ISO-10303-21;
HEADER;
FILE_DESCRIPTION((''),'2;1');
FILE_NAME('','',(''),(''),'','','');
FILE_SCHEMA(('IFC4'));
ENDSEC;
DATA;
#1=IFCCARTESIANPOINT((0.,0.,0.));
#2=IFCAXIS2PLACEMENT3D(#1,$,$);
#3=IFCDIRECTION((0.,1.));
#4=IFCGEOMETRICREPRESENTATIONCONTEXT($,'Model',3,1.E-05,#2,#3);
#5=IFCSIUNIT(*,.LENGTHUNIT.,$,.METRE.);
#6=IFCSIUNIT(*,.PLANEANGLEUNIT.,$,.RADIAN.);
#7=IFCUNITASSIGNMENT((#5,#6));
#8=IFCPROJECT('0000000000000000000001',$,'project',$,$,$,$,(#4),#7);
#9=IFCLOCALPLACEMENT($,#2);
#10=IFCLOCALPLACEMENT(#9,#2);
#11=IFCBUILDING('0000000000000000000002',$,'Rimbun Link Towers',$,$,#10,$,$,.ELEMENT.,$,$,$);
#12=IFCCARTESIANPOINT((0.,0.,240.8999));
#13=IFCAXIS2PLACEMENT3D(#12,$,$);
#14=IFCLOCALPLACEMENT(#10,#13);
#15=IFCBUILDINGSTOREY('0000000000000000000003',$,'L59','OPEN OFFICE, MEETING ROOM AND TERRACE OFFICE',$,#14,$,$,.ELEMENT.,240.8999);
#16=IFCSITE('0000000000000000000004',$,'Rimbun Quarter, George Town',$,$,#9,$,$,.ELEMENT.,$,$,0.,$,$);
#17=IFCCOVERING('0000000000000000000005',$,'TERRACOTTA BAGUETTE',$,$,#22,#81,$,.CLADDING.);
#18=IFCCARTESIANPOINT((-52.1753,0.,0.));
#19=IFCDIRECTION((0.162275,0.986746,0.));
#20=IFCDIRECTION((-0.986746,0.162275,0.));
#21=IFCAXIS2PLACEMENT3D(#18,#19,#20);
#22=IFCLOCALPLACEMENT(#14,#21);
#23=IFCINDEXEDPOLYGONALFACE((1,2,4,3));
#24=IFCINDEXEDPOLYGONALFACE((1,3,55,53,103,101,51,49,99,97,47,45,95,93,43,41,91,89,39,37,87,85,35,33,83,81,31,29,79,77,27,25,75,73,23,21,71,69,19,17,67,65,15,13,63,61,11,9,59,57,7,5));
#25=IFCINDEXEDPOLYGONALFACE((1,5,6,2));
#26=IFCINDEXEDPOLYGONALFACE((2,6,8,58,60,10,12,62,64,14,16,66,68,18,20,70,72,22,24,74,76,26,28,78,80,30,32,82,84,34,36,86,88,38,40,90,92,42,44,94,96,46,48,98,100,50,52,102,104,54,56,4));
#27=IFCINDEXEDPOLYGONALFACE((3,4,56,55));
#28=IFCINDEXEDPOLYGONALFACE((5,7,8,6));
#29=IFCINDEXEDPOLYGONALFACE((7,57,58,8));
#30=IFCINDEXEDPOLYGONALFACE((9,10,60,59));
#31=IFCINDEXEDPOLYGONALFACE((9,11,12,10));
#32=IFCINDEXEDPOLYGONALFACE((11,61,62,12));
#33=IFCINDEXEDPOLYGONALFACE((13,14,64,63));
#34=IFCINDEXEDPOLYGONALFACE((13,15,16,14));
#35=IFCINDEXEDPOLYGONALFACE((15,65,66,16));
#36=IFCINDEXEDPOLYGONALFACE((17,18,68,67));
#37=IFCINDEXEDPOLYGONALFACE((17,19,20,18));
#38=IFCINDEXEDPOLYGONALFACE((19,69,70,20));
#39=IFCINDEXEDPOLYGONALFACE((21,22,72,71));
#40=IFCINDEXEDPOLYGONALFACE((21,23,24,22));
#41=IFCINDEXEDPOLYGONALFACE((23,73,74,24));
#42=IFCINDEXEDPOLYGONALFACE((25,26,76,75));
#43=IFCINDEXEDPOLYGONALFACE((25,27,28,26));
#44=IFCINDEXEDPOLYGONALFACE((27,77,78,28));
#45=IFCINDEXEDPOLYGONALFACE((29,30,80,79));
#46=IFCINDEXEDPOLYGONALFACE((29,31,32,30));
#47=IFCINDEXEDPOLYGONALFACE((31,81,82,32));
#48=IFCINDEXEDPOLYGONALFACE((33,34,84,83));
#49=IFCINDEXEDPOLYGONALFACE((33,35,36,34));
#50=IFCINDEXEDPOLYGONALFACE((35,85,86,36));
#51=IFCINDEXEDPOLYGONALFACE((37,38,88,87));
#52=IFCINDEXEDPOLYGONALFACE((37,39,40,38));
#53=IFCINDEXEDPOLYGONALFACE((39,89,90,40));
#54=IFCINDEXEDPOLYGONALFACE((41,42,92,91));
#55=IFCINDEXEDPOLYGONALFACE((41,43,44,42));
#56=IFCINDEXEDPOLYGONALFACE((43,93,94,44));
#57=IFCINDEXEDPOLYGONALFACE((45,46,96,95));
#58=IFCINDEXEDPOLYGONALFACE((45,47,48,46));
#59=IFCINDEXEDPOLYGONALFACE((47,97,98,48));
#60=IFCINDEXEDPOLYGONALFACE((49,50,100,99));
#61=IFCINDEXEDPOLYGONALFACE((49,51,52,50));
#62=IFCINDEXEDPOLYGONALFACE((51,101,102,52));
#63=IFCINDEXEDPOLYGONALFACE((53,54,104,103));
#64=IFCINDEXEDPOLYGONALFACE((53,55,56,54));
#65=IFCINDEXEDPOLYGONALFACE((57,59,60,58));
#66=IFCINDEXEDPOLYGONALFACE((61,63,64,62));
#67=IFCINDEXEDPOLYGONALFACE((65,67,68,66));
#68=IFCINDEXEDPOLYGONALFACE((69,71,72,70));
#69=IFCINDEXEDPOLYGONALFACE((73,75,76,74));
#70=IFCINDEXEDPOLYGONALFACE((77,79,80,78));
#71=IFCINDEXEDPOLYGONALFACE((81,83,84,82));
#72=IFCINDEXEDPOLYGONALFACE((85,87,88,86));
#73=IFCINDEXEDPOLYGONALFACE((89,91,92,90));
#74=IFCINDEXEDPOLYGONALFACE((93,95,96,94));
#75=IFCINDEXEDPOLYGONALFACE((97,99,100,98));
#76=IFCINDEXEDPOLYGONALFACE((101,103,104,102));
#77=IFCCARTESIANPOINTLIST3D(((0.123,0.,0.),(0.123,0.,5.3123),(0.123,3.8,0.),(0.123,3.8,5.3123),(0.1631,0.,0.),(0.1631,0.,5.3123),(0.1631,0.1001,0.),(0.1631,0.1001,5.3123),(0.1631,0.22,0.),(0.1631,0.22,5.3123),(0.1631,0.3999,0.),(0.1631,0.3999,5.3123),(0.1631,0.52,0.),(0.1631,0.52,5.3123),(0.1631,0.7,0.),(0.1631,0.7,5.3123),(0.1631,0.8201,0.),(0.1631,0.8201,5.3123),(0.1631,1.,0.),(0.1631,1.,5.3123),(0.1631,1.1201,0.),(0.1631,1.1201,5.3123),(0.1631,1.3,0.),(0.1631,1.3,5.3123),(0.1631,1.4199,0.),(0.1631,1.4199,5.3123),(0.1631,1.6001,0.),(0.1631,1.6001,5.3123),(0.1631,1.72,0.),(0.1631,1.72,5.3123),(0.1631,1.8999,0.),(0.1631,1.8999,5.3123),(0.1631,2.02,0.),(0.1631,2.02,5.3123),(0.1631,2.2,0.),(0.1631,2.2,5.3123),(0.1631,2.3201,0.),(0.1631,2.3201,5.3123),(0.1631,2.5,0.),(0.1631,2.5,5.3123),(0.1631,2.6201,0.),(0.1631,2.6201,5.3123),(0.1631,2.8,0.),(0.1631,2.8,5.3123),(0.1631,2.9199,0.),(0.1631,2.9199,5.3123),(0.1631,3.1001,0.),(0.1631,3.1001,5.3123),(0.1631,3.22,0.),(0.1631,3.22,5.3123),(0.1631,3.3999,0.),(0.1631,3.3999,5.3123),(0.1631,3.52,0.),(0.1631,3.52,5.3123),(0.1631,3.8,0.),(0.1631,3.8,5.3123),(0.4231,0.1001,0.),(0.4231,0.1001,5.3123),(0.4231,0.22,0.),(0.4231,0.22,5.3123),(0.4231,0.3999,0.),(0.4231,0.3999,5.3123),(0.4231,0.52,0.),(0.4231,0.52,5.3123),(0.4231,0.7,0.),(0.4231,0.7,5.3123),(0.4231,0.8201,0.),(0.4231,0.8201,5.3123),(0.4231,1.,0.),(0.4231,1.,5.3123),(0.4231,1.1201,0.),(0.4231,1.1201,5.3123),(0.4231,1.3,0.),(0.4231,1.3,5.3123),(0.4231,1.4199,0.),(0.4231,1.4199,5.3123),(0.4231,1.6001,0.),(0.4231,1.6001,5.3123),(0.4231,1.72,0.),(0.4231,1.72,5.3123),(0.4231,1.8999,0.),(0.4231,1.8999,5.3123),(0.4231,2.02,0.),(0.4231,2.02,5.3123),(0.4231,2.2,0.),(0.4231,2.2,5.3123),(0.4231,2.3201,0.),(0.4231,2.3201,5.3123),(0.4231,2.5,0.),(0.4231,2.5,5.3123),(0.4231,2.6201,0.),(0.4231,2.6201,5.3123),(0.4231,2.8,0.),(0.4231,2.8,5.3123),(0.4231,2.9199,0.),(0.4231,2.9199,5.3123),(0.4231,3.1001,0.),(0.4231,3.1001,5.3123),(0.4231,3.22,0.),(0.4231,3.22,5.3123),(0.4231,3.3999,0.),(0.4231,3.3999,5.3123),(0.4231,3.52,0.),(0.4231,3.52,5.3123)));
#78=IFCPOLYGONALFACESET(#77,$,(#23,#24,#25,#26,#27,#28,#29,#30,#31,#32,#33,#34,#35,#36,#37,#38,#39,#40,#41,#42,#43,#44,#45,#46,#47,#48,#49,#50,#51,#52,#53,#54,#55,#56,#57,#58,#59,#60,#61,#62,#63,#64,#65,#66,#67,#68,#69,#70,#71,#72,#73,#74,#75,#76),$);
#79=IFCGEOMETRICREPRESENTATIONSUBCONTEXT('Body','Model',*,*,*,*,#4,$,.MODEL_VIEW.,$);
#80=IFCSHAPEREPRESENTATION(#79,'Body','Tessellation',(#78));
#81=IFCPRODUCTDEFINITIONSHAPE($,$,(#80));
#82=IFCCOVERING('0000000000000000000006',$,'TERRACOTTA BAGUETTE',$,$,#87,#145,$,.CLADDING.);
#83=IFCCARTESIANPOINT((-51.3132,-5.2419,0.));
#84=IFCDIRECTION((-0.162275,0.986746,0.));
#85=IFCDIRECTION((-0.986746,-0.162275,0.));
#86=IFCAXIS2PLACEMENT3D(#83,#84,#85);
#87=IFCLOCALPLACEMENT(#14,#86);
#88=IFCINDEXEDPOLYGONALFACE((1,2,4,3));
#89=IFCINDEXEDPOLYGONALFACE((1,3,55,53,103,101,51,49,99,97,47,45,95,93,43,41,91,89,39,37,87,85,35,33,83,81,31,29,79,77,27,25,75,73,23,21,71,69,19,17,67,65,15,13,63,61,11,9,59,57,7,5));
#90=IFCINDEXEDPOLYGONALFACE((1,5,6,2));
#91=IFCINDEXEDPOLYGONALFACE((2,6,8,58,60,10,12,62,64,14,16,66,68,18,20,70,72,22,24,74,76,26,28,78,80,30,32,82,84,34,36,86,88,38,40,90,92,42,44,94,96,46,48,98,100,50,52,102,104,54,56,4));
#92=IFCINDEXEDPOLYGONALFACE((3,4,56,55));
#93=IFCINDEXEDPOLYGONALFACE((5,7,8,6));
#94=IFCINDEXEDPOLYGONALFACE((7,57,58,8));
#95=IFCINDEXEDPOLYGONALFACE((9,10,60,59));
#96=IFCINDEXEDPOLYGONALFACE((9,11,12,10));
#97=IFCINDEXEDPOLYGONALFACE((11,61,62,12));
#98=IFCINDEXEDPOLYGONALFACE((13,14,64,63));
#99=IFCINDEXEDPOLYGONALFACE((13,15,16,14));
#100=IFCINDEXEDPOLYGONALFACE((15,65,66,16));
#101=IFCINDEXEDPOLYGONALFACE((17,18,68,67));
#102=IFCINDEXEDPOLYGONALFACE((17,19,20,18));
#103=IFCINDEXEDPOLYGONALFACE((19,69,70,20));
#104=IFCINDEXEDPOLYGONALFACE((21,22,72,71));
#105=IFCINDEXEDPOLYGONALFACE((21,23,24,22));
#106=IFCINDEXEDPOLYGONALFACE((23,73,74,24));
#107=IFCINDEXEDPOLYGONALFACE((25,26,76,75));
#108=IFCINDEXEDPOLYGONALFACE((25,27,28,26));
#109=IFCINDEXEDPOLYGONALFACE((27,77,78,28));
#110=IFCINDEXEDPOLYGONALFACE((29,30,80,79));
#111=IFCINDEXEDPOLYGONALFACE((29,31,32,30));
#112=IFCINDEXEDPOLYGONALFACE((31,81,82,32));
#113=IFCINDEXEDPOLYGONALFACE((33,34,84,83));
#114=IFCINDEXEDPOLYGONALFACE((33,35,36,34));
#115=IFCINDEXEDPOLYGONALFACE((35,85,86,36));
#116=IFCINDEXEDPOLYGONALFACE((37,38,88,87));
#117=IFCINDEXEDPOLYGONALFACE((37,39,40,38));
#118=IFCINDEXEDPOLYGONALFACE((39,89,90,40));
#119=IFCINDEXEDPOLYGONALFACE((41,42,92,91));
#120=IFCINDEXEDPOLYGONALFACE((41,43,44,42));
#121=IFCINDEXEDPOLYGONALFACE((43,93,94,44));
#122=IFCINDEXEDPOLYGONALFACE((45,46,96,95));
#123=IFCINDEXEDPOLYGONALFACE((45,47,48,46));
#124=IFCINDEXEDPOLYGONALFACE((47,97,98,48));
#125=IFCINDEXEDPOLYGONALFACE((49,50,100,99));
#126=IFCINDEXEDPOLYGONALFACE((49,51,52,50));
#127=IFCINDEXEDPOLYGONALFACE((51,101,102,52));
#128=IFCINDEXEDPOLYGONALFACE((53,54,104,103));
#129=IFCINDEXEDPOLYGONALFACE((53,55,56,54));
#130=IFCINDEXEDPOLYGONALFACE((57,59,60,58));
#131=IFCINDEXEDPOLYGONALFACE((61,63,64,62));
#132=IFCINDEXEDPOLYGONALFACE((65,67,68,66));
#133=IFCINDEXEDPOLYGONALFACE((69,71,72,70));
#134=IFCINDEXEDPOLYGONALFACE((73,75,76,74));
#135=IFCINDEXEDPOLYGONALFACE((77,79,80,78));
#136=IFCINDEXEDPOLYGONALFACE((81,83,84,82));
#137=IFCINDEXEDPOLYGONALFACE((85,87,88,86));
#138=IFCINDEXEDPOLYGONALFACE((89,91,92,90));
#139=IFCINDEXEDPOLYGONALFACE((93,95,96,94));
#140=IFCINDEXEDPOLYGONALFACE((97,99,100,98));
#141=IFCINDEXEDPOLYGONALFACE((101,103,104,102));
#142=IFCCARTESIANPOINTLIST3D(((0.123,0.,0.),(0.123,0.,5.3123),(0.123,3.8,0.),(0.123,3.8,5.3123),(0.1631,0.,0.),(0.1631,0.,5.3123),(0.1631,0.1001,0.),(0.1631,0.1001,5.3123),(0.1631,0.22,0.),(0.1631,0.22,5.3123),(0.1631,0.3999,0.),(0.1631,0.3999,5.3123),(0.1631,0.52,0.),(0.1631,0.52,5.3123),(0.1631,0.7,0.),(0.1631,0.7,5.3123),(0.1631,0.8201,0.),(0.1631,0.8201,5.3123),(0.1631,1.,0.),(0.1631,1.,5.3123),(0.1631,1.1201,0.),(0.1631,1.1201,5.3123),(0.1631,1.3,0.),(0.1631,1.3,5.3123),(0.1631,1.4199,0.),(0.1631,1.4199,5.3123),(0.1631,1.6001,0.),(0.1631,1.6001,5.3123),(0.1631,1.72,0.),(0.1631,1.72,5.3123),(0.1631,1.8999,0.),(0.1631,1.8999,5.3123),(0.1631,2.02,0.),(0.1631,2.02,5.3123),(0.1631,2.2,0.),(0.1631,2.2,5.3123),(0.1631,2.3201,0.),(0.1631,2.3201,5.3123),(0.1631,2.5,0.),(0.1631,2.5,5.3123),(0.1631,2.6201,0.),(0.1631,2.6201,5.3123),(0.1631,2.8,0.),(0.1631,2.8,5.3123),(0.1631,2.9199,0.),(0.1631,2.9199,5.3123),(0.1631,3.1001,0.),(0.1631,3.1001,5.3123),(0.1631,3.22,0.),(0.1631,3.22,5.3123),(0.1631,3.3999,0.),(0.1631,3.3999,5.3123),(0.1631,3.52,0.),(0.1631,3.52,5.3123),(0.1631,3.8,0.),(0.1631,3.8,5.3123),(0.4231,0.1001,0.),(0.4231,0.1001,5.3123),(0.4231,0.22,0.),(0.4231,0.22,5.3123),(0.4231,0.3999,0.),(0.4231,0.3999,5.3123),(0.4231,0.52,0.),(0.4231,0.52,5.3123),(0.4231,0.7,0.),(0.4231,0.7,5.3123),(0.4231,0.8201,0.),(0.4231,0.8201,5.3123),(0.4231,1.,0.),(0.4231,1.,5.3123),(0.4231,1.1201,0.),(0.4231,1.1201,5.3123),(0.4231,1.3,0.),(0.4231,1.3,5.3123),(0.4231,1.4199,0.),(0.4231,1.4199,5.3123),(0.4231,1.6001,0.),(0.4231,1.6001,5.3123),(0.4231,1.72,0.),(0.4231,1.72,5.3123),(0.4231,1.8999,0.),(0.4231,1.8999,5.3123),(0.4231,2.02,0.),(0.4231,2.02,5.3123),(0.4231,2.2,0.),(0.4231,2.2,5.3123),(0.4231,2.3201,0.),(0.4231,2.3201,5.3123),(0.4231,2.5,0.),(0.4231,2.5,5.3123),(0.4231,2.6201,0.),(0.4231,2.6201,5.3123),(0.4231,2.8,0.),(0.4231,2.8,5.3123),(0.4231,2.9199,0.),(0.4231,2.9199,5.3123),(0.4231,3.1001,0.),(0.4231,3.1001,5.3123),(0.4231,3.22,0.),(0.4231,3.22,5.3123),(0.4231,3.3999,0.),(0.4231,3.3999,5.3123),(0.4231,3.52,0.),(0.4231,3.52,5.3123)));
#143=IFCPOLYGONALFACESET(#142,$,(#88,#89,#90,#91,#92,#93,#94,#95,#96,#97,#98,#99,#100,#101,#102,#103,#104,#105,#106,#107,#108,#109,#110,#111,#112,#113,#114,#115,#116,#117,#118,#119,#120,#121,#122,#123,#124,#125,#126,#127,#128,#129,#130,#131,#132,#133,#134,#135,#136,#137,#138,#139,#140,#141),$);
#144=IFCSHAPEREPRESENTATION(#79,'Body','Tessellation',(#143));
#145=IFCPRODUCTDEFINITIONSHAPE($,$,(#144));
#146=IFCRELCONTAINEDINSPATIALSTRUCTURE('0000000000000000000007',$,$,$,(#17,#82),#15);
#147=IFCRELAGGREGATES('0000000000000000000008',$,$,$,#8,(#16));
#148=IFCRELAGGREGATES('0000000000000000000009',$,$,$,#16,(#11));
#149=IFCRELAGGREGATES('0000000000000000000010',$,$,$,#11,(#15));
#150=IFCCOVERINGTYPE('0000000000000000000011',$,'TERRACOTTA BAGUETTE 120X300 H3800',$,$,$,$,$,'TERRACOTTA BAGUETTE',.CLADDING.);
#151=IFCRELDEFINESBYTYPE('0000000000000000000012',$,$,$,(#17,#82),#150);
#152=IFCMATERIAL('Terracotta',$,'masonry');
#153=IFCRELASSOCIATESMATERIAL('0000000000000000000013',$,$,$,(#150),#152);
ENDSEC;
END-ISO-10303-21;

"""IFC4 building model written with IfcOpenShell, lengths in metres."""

from ifc_helpers import new_model, si_unit, direction, frame, origin, place, context, subcontext, project, spatial, polyline, outline, extrude, material, material_profile, profile_set, type_object, element, save


model = new_model("IFC4")

# Units and contexts
model_context = context("Model", 3, precision=1e-05, world=origin(), true_north=direction((0.0, 1.0)))
body_context = subcontext(model_context, "Body", "Model", "MODEL_VIEW")
ifc_project = project(units=[si_unit("LENGTHUNIT", "METRE"), si_unit("PLANEANGLEUNIT", "RADIAN")], contexts=[model_context])

# Site, building, storey
site_placement = place(None, origin())
site = spatial("IfcSite", under=ifc_project, at=site_placement, Name="Rimbun Quarter, George Town", CompositionType="ELEMENT", RefElevation=0.0)
building_placement = place(site_placement, origin())
building = spatial("IfcBuilding", under=site, at=building_placement, Name="Rimbun Link Towers", CompositionType="ELEMENT")
storey_placement = place(building_placement, frame((0.0, 0.0, 240.8999)))
storey = spatial("IfcBuildingStorey", under=building, at=storey_placement, Name="L59", Description="OPEN OFFICE, MEETING ROOM AND TERRACE OFFICE", CompositionType="ELEMENT", Elevation=240.8999)

# Coverings
ifc_material_1 = material(Name="Terracotta", Category="masonry")
ifc_material_profile_1 = material_profile(ifc_material_1, outline(polyline([(0.123, 0.0), (0.1631, 0.0), (0.1631, 0.1001), (0.4231, 0.1001), (0.4231, 0.22), (0.1631, 0.22), (0.1631, 0.3999), (0.4231, 0.3999), (0.4231, 0.52), (0.1631, 0.52), (0.1631, 0.7), (0.4231, 0.7), (0.4231, 0.8201), (0.1631, 0.8201), (0.1631, 1.0), (0.4231, 1.0), (0.4231, 1.1201), (0.1631, 1.1201), (0.1631, 1.3), (0.4231, 1.3), (0.4231, 1.4199), (0.1631, 1.4199), (0.1631, 1.6001), (0.4231, 1.6001), (0.4231, 1.72), (0.1631, 1.72), (0.1631, 1.8999), (0.4231, 1.8999), (0.4231, 2.02), (0.1631, 2.02), (0.1631, 2.2), (0.4231, 2.2), (0.4231, 2.3201), (0.1631, 2.3201), (0.1631, 2.5), (0.4231, 2.5), (0.4231, 2.6201), (0.1631, 2.6201), (0.1631, 2.8), (0.4231, 2.8), (0.4231, 2.9199), (0.1631, 2.9199), (0.1631, 3.1001), (0.4231, 3.1001), (0.4231, 3.22), (0.1631, 3.22), (0.1631, 3.3999), (0.4231, 3.3999), (0.4231, 3.52), (0.1631, 3.52), (0.1631, 3.8), (0.123, 3.8), (0.123, 0.0)])), Name="BAGUETTE 120X300")
ifc_profile_set_1 = profile_set([ifc_material_profile_1], Name="Terracotta")
covering_type = type_object("IfcCoveringType", Name="TERRACOTTA BAGUETTE 120X300 H3800", ElementType="TERRACOTTA BAGUETTE", PredefinedType="CLADDING", material=ifc_profile_set_1)
for number, where, z_axis, x_axis, name in (
    (1, (-52.1753, 0.0, 0.0), (0.162275, 0.986746, 0.0), (-0.986746, 0.162275, 0.0), "TERRACOTTA BAGUETTE"),
    (2, (-51.3132, -5.2419, 0.0), (-0.162275, 0.986746, 0.0), (-0.986746, -0.162275, 0.0), "TERRACOTTA BAGUETTE"),
):
    element("IfcCovering", number, at=place(storey_placement, frame(where, z_axis=z_axis, x_axis=x_axis)), inside=storey, type_object=covering_type, Name=name, PredefinedType="CLADDING", context=body_context, shape_type="SweptSolid", body=[
        extrude(outline(polyline([(0.123, 0.0), (0.1631, 0.0), (0.1631, 0.1001), (0.4231, 0.1001), (0.4231, 0.22), (0.1631, 0.22), (0.1631, 0.3999), (0.4231, 0.3999), (0.4231, 0.52), (0.1631, 0.52), (0.1631, 0.7), (0.4231, 0.7), (0.4231, 0.8201), (0.1631, 0.8201), (0.1631, 1.0), (0.4231, 1.0), (0.4231, 1.1201), (0.1631, 1.1201), (0.1631, 1.3), (0.4231, 1.3), (0.4231, 1.4199), (0.1631, 1.4199), (0.1631, 1.6001), (0.4231, 1.6001), (0.4231, 1.72), (0.1631, 1.72), (0.1631, 1.8999), (0.4231, 1.8999), (0.4231, 2.02), (0.1631, 2.02), (0.1631, 2.2), (0.4231, 2.2), (0.4231, 2.3201), (0.1631, 2.3201), (0.1631, 2.5), (0.4231, 2.5), (0.4231, 2.6201), (0.1631, 2.6201), (0.1631, 2.8), (0.4231, 2.8), (0.4231, 2.9199), (0.1631, 2.9199), (0.1631, 3.1001), (0.4231, 3.1001), (0.4231, 3.22), (0.1631, 3.22), (0.1631, 3.3999), (0.4231, 3.3999), (0.4231, 3.52), (0.1631, 3.52), (0.1631, 3.8), (0.123, 3.8), (0.123, 0.0)])), origin(), (0.0, 0.0, 1.0), 5.3123),
    ])

save(model, "model.ifc")
